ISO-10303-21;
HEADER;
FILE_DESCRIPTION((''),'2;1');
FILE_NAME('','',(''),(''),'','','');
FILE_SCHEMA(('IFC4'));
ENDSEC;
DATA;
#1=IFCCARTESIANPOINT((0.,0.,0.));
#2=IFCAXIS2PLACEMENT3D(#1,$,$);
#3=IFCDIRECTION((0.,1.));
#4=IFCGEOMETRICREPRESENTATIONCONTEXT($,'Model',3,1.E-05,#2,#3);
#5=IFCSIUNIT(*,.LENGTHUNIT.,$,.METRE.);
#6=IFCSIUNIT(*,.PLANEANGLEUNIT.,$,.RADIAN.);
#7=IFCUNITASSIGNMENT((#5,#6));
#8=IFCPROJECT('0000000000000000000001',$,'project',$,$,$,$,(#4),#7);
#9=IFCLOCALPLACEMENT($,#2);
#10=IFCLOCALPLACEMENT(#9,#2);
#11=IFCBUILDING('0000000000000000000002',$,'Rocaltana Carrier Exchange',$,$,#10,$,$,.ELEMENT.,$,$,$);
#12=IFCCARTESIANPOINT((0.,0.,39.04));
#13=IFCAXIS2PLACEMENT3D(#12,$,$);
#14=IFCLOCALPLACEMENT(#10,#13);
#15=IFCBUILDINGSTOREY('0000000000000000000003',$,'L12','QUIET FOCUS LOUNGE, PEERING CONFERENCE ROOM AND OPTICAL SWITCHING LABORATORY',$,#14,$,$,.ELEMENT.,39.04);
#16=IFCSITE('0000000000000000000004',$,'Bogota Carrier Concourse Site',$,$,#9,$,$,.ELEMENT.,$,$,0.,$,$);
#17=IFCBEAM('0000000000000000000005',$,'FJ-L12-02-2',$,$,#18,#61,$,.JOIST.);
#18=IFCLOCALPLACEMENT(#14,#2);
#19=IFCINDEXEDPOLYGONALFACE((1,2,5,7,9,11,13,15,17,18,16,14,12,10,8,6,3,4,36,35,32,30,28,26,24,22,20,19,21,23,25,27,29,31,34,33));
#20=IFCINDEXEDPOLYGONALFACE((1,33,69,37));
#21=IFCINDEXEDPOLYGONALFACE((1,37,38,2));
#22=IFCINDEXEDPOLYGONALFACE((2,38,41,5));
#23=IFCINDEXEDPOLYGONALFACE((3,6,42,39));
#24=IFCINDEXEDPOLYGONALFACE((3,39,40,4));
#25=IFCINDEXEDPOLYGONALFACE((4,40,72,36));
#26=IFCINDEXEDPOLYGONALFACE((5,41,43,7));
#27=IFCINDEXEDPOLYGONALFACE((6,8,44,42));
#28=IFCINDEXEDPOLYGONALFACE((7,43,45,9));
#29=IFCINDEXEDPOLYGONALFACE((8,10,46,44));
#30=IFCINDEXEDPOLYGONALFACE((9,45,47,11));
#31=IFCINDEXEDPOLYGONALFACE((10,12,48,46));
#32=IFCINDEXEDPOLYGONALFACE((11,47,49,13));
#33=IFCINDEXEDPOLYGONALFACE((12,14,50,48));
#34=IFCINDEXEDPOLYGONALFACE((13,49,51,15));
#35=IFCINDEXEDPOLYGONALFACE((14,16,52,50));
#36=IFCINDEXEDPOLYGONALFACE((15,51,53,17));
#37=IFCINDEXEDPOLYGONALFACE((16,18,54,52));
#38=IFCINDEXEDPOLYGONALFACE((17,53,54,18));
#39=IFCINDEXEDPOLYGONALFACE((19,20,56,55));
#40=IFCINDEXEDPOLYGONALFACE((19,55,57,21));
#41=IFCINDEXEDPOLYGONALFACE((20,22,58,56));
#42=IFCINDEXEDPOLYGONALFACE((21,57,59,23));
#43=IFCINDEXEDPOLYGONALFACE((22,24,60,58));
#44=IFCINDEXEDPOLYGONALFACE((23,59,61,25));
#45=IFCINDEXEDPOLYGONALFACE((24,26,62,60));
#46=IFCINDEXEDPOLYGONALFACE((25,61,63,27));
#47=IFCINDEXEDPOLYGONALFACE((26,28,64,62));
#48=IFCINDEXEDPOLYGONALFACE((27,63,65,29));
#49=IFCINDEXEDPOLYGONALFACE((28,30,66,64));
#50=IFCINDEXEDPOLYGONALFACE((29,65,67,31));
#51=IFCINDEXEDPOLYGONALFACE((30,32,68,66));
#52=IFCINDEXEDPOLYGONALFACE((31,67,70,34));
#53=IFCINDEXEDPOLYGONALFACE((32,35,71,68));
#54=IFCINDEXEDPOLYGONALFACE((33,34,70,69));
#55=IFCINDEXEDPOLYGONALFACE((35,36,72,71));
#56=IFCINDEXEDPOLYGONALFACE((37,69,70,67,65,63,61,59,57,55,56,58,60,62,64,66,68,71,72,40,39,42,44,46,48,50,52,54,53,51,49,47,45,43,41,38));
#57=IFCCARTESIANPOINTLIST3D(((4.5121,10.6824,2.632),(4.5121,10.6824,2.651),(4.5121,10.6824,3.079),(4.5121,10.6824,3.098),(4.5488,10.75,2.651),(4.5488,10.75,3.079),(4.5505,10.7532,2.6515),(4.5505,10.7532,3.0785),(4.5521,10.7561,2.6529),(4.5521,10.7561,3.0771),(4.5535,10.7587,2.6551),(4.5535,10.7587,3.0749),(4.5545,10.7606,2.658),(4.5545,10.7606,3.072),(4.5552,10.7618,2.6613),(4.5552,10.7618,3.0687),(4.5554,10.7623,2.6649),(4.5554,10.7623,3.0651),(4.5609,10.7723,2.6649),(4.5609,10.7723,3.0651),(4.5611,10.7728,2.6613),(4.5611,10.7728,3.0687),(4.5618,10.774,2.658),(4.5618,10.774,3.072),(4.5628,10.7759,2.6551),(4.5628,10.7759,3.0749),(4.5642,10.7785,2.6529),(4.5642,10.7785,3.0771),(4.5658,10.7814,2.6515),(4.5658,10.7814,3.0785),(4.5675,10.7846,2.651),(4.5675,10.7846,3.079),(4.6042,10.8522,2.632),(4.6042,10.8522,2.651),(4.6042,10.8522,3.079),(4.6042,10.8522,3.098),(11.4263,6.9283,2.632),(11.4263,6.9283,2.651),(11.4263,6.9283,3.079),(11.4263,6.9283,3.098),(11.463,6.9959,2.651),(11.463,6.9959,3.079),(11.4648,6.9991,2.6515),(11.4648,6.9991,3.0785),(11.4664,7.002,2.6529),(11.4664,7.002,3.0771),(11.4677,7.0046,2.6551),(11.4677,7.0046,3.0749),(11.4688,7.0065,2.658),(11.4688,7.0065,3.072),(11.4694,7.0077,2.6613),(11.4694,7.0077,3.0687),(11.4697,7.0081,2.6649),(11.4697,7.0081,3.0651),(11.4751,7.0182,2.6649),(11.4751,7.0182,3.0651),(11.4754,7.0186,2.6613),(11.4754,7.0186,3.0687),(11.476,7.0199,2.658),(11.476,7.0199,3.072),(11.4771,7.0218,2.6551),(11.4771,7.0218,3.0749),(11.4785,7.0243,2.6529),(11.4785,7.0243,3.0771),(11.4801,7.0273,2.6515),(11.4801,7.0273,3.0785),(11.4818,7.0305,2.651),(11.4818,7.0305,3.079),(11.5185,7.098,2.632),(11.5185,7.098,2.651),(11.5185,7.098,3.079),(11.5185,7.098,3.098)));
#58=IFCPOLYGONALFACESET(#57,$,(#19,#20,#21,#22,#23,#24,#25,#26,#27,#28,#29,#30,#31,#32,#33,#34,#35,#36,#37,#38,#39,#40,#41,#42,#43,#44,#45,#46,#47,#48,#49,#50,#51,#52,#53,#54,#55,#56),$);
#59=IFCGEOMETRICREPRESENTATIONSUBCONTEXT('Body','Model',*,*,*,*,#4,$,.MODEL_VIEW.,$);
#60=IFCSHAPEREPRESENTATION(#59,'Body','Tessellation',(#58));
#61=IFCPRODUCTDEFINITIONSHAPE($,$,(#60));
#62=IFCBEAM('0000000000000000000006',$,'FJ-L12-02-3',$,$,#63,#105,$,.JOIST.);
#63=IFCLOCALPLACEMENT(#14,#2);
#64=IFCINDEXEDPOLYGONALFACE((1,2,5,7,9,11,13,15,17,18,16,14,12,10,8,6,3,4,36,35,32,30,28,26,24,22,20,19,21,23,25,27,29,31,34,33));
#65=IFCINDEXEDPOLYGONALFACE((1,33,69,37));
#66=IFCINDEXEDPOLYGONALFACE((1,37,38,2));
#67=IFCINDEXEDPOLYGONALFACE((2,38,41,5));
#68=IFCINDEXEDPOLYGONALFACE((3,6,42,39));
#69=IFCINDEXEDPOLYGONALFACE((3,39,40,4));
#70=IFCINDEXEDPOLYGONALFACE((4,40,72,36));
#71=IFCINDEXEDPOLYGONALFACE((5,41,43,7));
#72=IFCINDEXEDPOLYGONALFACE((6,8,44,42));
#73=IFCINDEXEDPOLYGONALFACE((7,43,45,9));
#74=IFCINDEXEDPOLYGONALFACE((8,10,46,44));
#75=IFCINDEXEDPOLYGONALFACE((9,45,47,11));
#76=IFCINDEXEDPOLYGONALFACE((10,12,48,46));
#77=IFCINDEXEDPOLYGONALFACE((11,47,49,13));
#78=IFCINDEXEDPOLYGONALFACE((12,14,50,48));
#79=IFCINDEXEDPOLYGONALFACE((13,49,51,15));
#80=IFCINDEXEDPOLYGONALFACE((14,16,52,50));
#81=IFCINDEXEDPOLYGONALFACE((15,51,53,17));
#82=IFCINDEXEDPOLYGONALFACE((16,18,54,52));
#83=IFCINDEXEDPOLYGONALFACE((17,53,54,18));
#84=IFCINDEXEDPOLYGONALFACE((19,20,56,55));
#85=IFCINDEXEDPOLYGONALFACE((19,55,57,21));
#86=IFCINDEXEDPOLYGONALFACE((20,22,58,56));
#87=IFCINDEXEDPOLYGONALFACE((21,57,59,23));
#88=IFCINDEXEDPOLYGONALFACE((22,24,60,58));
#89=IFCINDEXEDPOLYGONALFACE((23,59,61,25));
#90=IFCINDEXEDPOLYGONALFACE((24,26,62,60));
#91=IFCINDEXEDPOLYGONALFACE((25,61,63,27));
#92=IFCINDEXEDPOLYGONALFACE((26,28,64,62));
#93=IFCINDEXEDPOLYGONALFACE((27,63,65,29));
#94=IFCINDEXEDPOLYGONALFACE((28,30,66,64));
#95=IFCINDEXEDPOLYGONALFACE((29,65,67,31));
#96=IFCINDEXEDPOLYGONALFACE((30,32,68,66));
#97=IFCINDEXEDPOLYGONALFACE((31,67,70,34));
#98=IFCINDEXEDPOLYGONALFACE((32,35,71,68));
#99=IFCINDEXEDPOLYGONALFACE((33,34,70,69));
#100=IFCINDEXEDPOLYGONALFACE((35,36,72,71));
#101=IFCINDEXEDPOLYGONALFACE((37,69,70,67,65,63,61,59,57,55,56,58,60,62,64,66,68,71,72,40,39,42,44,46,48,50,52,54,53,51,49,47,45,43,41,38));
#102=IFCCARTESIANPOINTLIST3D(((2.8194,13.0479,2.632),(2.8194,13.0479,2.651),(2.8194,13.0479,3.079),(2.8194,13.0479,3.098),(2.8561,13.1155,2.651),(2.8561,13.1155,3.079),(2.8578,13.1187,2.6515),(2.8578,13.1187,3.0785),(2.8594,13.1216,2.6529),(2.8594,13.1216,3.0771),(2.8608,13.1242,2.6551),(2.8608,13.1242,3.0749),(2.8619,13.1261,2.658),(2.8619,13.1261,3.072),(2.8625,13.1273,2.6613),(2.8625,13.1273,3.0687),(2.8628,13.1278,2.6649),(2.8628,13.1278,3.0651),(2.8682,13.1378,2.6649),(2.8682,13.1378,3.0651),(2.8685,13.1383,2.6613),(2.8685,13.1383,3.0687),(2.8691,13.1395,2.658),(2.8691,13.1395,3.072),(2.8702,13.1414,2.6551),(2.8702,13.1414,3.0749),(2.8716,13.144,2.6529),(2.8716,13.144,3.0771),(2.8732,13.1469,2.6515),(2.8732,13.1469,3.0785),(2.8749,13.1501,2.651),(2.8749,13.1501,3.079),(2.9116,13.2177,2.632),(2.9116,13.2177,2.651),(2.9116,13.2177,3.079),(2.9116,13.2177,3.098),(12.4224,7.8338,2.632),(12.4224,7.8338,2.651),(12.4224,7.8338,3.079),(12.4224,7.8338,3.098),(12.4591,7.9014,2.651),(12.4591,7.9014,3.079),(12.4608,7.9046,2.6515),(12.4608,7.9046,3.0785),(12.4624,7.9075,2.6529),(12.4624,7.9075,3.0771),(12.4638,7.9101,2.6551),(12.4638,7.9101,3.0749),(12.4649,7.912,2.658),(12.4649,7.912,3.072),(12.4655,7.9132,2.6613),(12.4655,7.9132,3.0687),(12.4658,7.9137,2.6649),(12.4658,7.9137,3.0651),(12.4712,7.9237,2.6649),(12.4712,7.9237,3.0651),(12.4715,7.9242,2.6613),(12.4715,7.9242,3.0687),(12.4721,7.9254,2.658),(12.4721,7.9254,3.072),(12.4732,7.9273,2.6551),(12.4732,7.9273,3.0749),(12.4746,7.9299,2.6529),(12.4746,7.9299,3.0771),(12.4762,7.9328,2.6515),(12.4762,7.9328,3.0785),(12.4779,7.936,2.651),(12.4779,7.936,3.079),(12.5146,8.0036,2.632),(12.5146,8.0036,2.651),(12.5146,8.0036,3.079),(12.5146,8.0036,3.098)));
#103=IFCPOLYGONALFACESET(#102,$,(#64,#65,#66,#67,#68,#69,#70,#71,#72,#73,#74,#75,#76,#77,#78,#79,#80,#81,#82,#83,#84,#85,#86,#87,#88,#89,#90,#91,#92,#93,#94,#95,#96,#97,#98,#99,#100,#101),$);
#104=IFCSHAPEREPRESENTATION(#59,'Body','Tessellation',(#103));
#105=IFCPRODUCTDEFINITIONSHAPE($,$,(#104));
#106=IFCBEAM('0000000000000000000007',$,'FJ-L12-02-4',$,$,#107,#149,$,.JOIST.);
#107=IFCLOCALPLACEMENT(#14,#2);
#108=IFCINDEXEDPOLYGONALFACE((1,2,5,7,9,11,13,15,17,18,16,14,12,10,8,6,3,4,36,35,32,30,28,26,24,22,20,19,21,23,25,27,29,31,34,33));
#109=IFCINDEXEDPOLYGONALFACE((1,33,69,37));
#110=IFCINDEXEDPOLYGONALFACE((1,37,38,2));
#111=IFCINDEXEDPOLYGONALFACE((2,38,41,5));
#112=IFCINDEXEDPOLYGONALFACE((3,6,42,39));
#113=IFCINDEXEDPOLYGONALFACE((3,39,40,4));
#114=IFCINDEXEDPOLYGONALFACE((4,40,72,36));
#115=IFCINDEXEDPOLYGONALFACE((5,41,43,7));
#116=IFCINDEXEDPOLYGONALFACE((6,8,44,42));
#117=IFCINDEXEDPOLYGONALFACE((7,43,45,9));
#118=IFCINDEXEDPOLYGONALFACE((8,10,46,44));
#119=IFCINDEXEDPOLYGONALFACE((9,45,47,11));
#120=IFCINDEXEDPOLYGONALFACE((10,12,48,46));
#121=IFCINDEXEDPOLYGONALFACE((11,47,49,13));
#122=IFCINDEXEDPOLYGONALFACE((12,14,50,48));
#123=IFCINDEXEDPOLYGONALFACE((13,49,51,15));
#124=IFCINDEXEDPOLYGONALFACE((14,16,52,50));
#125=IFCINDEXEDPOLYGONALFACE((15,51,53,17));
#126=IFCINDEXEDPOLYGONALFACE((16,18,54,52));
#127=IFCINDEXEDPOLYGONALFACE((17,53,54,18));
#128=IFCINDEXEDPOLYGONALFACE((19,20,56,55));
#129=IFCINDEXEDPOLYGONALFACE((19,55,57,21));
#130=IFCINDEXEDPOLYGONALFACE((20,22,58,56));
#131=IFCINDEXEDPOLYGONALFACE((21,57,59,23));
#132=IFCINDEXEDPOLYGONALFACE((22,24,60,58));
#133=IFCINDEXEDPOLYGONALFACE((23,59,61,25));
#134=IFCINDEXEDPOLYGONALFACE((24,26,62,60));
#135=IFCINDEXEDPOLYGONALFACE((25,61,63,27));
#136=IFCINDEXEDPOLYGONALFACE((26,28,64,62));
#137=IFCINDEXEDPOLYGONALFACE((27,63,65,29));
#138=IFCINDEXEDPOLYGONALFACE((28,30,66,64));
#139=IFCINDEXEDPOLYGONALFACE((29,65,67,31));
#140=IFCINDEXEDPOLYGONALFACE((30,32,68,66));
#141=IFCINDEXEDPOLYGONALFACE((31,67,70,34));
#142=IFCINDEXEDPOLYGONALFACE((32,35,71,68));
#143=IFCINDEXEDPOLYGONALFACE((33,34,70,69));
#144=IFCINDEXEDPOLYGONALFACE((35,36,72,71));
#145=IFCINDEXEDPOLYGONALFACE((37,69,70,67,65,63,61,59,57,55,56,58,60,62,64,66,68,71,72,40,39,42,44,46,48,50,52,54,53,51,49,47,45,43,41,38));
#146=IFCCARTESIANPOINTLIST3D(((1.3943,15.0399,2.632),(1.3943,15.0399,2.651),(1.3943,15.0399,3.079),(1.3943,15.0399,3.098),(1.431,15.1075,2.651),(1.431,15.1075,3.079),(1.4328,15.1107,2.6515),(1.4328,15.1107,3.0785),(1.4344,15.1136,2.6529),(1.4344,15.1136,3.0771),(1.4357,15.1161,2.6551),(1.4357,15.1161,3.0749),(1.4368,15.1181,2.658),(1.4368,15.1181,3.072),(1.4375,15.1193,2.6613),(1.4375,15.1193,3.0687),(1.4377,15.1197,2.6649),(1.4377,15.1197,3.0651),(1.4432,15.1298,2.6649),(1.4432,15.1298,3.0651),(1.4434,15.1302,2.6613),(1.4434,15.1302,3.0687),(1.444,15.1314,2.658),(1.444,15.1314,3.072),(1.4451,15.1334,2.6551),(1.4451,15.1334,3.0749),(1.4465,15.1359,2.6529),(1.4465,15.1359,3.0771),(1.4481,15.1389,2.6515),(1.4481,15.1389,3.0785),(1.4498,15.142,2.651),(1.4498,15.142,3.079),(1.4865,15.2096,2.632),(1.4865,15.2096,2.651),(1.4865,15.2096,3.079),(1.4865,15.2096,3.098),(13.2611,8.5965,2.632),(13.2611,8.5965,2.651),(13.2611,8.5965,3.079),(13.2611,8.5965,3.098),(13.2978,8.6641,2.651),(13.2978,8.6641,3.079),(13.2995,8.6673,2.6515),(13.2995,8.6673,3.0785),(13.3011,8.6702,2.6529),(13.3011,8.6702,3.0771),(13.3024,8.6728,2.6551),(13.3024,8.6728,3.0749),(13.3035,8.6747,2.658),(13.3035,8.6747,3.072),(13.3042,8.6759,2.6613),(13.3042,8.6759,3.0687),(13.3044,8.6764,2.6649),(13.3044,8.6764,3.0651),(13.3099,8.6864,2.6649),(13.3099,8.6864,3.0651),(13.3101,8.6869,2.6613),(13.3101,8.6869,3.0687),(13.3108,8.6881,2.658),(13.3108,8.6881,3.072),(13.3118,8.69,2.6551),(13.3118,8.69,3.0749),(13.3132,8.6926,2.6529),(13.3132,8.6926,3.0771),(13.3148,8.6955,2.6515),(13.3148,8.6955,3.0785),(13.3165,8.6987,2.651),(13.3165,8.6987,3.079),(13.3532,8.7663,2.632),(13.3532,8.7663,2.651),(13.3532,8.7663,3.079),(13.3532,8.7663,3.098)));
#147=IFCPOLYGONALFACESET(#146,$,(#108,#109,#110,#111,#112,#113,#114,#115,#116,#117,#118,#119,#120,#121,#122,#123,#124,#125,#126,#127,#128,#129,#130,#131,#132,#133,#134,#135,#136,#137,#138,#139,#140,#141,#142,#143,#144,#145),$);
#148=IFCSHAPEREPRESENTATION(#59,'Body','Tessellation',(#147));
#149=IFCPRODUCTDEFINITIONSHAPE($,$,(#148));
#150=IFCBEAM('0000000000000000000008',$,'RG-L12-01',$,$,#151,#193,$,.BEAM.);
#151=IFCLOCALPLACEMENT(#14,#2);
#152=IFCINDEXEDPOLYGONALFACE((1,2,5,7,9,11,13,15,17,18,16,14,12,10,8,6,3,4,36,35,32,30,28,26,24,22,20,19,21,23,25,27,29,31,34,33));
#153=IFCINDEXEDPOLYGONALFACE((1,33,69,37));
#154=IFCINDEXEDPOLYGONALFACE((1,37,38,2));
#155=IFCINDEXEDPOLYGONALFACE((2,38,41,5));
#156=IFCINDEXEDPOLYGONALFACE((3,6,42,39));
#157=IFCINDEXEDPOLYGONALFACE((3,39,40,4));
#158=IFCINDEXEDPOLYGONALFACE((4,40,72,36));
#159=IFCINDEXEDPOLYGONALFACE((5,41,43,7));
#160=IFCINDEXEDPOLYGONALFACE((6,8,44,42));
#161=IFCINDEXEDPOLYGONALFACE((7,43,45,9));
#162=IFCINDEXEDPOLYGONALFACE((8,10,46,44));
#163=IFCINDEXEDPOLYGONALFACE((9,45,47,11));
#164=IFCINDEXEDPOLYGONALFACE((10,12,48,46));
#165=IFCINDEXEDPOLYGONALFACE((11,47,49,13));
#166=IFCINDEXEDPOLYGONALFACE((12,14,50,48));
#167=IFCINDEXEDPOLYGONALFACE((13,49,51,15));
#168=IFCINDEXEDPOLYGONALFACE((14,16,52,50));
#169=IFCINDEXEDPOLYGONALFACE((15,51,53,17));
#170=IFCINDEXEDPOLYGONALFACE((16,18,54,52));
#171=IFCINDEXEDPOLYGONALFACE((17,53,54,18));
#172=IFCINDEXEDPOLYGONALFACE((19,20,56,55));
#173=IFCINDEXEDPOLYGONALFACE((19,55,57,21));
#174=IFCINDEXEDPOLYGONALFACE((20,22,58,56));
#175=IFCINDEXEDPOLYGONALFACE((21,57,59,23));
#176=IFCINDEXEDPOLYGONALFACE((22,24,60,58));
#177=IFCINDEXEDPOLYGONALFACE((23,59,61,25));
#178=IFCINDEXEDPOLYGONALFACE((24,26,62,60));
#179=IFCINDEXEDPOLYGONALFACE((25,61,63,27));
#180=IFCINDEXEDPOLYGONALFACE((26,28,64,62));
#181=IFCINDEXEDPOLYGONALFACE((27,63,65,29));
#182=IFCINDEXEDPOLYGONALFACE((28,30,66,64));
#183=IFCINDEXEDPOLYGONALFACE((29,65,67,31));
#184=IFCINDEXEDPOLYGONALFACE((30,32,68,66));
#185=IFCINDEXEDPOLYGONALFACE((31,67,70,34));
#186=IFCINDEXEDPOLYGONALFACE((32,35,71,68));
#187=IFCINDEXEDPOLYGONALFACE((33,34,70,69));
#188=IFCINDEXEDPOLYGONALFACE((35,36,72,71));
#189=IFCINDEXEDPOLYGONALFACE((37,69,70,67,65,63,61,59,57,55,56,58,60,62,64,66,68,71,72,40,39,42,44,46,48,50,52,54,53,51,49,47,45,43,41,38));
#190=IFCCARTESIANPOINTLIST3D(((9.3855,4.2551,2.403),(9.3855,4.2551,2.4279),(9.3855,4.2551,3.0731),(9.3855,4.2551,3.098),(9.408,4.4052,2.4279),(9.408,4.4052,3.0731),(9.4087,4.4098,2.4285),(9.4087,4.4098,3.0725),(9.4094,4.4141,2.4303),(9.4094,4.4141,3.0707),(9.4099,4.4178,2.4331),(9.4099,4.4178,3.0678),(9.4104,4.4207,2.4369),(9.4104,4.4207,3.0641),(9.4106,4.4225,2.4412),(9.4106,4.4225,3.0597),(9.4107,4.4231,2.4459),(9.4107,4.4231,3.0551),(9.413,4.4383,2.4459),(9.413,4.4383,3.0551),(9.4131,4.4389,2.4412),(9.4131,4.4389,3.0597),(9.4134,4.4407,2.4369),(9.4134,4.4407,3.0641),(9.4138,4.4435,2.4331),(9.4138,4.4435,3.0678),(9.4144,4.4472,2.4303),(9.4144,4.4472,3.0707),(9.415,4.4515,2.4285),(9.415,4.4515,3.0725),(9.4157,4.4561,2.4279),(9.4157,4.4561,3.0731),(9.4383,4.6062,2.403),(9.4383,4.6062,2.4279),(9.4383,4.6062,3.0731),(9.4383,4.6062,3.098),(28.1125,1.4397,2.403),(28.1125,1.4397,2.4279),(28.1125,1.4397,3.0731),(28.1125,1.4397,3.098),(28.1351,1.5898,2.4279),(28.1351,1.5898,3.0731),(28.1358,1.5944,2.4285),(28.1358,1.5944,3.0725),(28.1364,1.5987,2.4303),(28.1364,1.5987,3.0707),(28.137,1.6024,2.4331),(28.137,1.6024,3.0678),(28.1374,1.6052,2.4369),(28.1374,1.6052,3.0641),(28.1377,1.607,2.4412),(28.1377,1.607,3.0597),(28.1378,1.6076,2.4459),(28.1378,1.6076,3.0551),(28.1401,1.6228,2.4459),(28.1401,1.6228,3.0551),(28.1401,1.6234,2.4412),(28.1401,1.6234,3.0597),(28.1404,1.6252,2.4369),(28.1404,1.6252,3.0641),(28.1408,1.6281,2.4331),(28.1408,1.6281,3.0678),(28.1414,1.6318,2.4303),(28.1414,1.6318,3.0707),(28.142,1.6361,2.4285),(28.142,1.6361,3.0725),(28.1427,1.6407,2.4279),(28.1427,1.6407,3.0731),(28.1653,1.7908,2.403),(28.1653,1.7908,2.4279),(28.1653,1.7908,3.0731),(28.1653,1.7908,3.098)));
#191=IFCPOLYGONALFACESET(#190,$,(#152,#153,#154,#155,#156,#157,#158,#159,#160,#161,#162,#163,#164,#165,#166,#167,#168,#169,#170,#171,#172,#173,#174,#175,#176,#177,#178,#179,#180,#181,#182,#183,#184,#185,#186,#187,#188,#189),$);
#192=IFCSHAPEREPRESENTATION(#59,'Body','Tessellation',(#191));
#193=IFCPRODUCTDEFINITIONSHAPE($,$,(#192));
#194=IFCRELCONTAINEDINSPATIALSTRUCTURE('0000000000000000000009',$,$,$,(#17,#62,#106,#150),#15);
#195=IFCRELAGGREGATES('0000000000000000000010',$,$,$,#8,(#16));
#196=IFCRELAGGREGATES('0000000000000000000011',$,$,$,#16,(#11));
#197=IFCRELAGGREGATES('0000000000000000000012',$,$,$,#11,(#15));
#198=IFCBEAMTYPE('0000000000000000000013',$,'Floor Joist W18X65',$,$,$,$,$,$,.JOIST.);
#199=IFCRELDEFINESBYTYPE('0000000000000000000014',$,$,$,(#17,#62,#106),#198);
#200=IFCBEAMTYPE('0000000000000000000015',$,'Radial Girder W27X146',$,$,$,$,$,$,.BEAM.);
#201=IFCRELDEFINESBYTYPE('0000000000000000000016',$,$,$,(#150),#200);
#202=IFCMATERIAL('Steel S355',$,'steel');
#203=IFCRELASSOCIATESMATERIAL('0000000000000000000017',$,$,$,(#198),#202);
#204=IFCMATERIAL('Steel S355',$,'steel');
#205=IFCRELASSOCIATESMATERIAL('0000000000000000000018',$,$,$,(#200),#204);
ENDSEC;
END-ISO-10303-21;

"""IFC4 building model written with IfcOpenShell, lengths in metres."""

from ifc_helpers import new_model, si_unit, direction, frame, origin, origin_2d, place, context, subcontext, project, spatial, i_section, extrude, material, material_profile, profile_set, type_object, element, save


model = new_model("IFC4")

# Units and contexts
model_context = context("Model", 3, precision=1e-05, world=origin(), true_north=direction((0.0, 1.0)))
body_context = subcontext(model_context, "Body", "Model", "MODEL_VIEW")
ifc_project = project(units=[si_unit("LENGTHUNIT", "METRE"), si_unit("PLANEANGLEUNIT", "RADIAN")], contexts=[model_context])

# Site, building, storey
site_placement = place(None, origin())
site = spatial("IfcSite", under=ifc_project, at=site_placement, Name="Bogota Carrier Concourse Site", CompositionType="ELEMENT", RefElevation=0.0)
building_placement = place(site_placement, origin())
building = spatial("IfcBuilding", under=site, at=building_placement, Name="Rocaltana Carrier Exchange", CompositionType="ELEMENT")
storey_placement = place(building_placement, frame((0.0, 0.0, 39.04)))
storey = spatial("IfcBuildingStorey", under=building, at=storey_placement, Name="L12", Description="QUIET FOCUS LOUNGE, PEERING CONFERENCE ROOM AND OPTICAL SWITCHING LABORATORY", CompositionType="ELEMENT", Elevation=39.04)

# Beams
ifc_material_1 = material(Name="Steel S355", Category="steel")
ifc_material_profile_1 = material_profile(ifc_material_1, i_section(OverallWidth=0.1931, OverallDepth=0.4661, WebThickness=0.0115, FlangeThickness=0.019, FilletRadius=0.0139, at=origin_2d()), Name="W18X65")
ifc_profile_set_1 = profile_set([ifc_material_profile_1], Name="Steel S355")
beam_type_1 = type_object("IfcBeamType", Name="Floor Joist W18X65", PredefinedType="JOIST", material=ifc_profile_set_1)
beam_1_placement = place(storey_placement, frame((11.4724, 7.0132, 2.865), z_axis=(-0.878818, 0.477158, 0.0), x_axis=(-0.477158, -0.878818, 0.0)))
element("IfcBeam", 1, at=beam_1_placement, inside=storey, type_object=beam_type_1, Name="FJ-L12-02-2", PredefinedType="JOIST", context=body_context, shape_type="SweptSolid", body=[
    extrude(i_section(OverallWidth=0.1931, OverallDepth=0.4661, WebThickness=0.0115, FlangeThickness=0.019, FilletRadius=0.0139, at=origin_2d()), origin(), (0.0, 0.0, 1.0), 7.8677),
])
beam_2_placement = place(storey_placement, frame((12.4685, 7.9187, 2.865), z_axis=(-0.878814, 0.477165, 0.0), x_axis=(-0.477165, -0.878814, 0.0)))
element("IfcBeam", 2, at=beam_2_placement, inside=storey, type_object=beam_type_1, Name="FJ-L12-02-3", PredefinedType="JOIST", context=body_context, shape_type="SweptSolid", body=[
    extrude(i_section(OverallWidth=0.1931, OverallDepth=0.4661, WebThickness=0.0115, FlangeThickness=0.019, FilletRadius=0.0139, at=origin_2d()), origin(), (0.0, 0.0, 1.0), 10.9272),
])
beam_3_placement = place(storey_placement, frame((13.3071, 8.6814, 2.865), z_axis=(-0.878809, 0.477174, 0.0), x_axis=(-0.477174, -0.878809, 0.0)))
element("IfcBeam", 3, at=beam_3_placement, inside=storey, type_object=beam_type_1, Name="FJ-L12-02-4", PredefinedType="JOIST", context=body_context, shape_type="SweptSolid", body=[
    extrude(i_section(OverallWidth=0.1931, OverallDepth=0.4661, WebThickness=0.0115, FlangeThickness=0.019, FilletRadius=0.0139, at=origin_2d()), origin(), (0.0, 0.0, 1.0), 13.5032),
])
ifc_material_2 = material(Name="Steel S355", Category="steel")
ifc_material_profile_2 = material_profile(ifc_material_2, i_section(OverallWidth=0.355, OverallDepth=0.6951, WebThickness=0.0154, FlangeThickness=0.0249, FilletRadius=0.0181, at=origin_2d()), Name="W27X146")
ifc_profile_set_2 = profile_set([ifc_material_profile_2], Name="Steel S355")
beam_type_2 = type_object("IfcBeamType", Name="Radial Girder W27X146", PredefinedType="BEAM", material=ifc_profile_set_2)
beam_4_placement = place(storey_placement, frame((9.4119, 4.4307, 2.7505), z_axis=(0.988887, -0.14867, 0.0), x_axis=(0.14867, 0.988887, 0.0)))
element("IfcBeam", 4, at=beam_4_placement, inside=storey, type_object=beam_type_2, Name="RG-L12-01", PredefinedType="BEAM", context=body_context, shape_type="SweptSolid", body=[
    extrude(i_section(OverallWidth=0.355, OverallDepth=0.6951, WebThickness=0.0154, FlangeThickness=0.0249, FilletRadius=0.0181, at=origin_2d()), origin(), (0.0, 0.0, 1.0), 18.9375),
])

save(model, "model.ifc")
